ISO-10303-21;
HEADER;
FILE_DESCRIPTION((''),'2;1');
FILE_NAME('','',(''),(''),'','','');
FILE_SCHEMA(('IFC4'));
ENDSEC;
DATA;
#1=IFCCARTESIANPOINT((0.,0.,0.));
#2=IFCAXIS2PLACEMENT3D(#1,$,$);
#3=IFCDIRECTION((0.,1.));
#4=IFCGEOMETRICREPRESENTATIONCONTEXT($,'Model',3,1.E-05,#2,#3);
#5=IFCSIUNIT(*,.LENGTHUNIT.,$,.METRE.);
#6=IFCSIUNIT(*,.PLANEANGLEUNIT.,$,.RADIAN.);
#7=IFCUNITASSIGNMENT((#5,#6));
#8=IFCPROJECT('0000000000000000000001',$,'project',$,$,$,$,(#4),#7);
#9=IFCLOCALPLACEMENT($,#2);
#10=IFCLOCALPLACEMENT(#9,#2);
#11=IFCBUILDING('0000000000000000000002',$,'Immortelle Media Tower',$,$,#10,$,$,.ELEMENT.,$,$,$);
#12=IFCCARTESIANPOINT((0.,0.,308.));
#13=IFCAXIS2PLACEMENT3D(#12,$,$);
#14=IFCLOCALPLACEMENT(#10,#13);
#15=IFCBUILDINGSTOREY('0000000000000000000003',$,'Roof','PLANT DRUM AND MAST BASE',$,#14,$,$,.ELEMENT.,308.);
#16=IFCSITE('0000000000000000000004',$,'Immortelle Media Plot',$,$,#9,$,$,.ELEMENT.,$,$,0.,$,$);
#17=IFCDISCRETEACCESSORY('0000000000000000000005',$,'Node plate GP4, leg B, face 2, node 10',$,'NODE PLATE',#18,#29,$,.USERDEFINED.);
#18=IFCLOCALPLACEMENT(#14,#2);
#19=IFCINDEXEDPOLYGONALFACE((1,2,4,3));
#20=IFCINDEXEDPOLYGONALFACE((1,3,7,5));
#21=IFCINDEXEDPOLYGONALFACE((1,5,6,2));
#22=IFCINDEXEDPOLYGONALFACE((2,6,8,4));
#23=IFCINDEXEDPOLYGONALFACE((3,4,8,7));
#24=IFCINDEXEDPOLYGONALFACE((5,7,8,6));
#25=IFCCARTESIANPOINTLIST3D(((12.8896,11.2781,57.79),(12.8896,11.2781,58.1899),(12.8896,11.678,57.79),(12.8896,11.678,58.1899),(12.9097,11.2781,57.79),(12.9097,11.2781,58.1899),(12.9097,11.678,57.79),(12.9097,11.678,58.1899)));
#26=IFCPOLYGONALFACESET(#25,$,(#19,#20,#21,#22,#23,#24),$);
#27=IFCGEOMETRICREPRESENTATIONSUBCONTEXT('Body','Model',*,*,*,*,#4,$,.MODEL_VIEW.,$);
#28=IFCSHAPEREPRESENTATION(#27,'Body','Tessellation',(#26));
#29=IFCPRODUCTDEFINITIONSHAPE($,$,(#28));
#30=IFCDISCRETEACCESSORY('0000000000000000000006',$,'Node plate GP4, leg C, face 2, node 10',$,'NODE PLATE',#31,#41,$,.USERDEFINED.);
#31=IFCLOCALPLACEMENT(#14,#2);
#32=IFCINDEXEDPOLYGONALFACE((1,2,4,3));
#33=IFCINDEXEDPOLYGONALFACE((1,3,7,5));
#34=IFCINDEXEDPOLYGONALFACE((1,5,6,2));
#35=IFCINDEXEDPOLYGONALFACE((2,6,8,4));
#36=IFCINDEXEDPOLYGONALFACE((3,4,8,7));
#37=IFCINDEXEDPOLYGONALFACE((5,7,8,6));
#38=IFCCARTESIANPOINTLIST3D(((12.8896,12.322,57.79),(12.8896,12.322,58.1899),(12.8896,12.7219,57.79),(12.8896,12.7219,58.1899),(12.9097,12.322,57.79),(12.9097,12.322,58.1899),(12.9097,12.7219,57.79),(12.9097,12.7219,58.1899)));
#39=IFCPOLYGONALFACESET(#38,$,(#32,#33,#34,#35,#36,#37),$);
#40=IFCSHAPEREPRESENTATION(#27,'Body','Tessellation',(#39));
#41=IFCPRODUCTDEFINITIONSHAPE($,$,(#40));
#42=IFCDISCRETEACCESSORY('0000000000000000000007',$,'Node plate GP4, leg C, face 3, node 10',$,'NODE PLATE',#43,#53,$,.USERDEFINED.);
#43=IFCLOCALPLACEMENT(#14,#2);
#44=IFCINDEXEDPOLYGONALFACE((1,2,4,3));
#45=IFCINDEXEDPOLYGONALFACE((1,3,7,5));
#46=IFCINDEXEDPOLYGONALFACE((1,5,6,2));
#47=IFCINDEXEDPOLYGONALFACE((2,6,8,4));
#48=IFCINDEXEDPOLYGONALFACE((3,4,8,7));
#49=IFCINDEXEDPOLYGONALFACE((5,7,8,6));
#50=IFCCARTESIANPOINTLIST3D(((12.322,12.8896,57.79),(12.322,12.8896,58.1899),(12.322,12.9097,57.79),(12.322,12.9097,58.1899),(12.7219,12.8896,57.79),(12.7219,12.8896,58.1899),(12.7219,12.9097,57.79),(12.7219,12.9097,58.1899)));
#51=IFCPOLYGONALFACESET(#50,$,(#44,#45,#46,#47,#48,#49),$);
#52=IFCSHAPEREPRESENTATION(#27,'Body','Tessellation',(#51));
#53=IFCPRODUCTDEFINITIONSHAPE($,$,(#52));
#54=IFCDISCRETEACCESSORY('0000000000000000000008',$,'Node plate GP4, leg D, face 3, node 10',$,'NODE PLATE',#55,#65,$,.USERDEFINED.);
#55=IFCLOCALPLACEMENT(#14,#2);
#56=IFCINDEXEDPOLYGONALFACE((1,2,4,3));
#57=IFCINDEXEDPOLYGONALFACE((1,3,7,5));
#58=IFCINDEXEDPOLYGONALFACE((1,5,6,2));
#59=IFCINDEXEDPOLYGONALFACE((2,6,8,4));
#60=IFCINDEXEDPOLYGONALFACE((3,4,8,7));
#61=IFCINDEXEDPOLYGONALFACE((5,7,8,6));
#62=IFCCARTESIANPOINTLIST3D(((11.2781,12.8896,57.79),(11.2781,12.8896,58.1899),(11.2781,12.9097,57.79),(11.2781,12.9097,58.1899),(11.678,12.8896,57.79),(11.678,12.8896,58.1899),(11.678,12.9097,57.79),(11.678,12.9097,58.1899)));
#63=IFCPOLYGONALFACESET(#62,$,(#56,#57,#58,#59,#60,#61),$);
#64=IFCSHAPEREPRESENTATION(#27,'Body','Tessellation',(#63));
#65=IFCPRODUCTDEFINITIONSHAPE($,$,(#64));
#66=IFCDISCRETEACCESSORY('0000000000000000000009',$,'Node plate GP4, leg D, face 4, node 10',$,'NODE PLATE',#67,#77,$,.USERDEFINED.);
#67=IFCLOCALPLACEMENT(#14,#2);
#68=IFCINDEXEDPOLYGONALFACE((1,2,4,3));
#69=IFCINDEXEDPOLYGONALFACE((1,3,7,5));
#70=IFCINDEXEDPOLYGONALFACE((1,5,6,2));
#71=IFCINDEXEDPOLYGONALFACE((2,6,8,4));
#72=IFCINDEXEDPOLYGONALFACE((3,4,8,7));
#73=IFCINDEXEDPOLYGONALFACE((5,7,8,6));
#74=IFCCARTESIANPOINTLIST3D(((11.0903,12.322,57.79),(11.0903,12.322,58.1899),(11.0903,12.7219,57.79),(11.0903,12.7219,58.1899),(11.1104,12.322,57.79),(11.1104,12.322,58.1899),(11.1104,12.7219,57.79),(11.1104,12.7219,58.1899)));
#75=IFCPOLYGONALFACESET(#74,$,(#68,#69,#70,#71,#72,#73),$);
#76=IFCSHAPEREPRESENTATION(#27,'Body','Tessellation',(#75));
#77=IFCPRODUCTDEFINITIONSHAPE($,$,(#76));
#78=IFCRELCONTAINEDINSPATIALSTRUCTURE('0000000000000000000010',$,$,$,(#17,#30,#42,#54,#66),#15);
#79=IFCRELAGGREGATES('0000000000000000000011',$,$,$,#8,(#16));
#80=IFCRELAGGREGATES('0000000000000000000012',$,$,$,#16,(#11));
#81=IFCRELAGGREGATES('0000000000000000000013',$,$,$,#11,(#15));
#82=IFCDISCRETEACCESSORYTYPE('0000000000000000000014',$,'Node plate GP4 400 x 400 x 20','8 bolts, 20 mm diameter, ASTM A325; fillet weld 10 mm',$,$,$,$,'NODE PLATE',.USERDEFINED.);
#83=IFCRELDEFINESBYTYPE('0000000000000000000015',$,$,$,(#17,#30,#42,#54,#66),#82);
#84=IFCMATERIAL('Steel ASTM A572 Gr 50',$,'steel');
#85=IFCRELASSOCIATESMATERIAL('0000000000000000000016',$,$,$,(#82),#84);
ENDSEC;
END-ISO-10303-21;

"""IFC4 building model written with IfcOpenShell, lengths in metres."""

from ifc_helpers import new_model, si_unit, direction, frame, origin, origin_2d, place, context, subcontext, project, spatial, rectangle, extrude, material, material_profile, profile_set, type_object, element, save


model = new_model("IFC4")

# Units and contexts
model_context = context("Model", 3, precision=1e-05, world=origin(), true_north=direction((0.0, 1.0)))
body_context = subcontext(model_context, "Body", "Model", "MODEL_VIEW")
ifc_project = project(units=[si_unit("LENGTHUNIT", "METRE"), si_unit("PLANEANGLEUNIT", "RADIAN")], contexts=[model_context])

# Site, building, storey
site_placement = place(None, origin())
site = spatial("IfcSite", under=ifc_project, at=site_placement, Name="Immortelle Media Plot", CompositionType="ELEMENT", RefElevation=0.0)
building_placement = place(site_placement, origin())
building = spatial("IfcBuilding", under=site, at=building_placement, Name="Immortelle Media Tower", CompositionType="ELEMENT")
storey_placement = place(building_placement, frame((0.0, 0.0, 308.0)))
storey = spatial("IfcBuildingStorey", under=building, at=storey_placement, Name="Roof", Description="PLANT DRUM AND MAST BASE", CompositionType="ELEMENT", Elevation=308.0)

# Discrete accessories
ifc_material_1 = material(Name="Steel ASTM A572 Gr 50", Category="steel")
ifc_material_profile_1 = material_profile(ifc_material_1, rectangle(XDim=0.02, YDim=0.3999, at=origin_2d()), Name="PL 20 x 400")
ifc_profile_set_1 = profile_set([ifc_material_profile_1], Name="Steel ASTM A572 Gr 50")
discrete_accessory_type = type_object("IfcDiscreteAccessoryType", Name="Node plate GP4 400 x 400 x 20", Description="8 bolts, 20 mm diameter, ASTM A325; fillet weld 10 mm", ElementType="NODE PLATE", PredefinedType="USERDEFINED", material=ifc_profile_set_1)
for number, where, z_axis, x_axis, name in (
    (1, (12.8997, 11.2781, 57.99), (0.0, 1.0, 0.0), (-1.0, 0.0, 0.0), "Node plate GP4, leg B, face 2, node 10"),
    (2, (12.8997, 12.7219, 57.99), (0.0, -1.0, 0.0), (1.0, 0.0, 0.0), "Node plate GP4, leg C, face 2, node 10"),
    (3, (12.7219, 12.8997, 57.99), (-1.0, 0.0, 0.0), (0.0, -1.0, 0.0), "Node plate GP4, leg C, face 3, node 10"),
    (4, (11.2781, 12.8997, 57.99), (1.0, 0.0, 0.0), (0.0, 1.0, 0.0), "Node plate GP4, leg D, face 3, node 10"),
    (5, (11.1003, 12.7219, 57.99), (0.0, -1.0, 0.0), (1.0, 0.0, 0.0), "Node plate GP4, leg D, face 4, node 10"),
):
    element("IfcDiscreteAccessory", number, at=place(storey_placement, frame(where, z_axis=z_axis, x_axis=x_axis)), inside=storey, type_object=discrete_accessory_type, Name=name, ObjectType="NODE PLATE", PredefinedType="USERDEFINED", context=body_context, shape_type="SweptSolid", body=[
        extrude(rectangle(XDim=0.02, YDim=0.3999, at=origin_2d()), origin(), (0.0, 0.0, 1.0), 0.3999),
    ])

save(model, "model.ifc")
